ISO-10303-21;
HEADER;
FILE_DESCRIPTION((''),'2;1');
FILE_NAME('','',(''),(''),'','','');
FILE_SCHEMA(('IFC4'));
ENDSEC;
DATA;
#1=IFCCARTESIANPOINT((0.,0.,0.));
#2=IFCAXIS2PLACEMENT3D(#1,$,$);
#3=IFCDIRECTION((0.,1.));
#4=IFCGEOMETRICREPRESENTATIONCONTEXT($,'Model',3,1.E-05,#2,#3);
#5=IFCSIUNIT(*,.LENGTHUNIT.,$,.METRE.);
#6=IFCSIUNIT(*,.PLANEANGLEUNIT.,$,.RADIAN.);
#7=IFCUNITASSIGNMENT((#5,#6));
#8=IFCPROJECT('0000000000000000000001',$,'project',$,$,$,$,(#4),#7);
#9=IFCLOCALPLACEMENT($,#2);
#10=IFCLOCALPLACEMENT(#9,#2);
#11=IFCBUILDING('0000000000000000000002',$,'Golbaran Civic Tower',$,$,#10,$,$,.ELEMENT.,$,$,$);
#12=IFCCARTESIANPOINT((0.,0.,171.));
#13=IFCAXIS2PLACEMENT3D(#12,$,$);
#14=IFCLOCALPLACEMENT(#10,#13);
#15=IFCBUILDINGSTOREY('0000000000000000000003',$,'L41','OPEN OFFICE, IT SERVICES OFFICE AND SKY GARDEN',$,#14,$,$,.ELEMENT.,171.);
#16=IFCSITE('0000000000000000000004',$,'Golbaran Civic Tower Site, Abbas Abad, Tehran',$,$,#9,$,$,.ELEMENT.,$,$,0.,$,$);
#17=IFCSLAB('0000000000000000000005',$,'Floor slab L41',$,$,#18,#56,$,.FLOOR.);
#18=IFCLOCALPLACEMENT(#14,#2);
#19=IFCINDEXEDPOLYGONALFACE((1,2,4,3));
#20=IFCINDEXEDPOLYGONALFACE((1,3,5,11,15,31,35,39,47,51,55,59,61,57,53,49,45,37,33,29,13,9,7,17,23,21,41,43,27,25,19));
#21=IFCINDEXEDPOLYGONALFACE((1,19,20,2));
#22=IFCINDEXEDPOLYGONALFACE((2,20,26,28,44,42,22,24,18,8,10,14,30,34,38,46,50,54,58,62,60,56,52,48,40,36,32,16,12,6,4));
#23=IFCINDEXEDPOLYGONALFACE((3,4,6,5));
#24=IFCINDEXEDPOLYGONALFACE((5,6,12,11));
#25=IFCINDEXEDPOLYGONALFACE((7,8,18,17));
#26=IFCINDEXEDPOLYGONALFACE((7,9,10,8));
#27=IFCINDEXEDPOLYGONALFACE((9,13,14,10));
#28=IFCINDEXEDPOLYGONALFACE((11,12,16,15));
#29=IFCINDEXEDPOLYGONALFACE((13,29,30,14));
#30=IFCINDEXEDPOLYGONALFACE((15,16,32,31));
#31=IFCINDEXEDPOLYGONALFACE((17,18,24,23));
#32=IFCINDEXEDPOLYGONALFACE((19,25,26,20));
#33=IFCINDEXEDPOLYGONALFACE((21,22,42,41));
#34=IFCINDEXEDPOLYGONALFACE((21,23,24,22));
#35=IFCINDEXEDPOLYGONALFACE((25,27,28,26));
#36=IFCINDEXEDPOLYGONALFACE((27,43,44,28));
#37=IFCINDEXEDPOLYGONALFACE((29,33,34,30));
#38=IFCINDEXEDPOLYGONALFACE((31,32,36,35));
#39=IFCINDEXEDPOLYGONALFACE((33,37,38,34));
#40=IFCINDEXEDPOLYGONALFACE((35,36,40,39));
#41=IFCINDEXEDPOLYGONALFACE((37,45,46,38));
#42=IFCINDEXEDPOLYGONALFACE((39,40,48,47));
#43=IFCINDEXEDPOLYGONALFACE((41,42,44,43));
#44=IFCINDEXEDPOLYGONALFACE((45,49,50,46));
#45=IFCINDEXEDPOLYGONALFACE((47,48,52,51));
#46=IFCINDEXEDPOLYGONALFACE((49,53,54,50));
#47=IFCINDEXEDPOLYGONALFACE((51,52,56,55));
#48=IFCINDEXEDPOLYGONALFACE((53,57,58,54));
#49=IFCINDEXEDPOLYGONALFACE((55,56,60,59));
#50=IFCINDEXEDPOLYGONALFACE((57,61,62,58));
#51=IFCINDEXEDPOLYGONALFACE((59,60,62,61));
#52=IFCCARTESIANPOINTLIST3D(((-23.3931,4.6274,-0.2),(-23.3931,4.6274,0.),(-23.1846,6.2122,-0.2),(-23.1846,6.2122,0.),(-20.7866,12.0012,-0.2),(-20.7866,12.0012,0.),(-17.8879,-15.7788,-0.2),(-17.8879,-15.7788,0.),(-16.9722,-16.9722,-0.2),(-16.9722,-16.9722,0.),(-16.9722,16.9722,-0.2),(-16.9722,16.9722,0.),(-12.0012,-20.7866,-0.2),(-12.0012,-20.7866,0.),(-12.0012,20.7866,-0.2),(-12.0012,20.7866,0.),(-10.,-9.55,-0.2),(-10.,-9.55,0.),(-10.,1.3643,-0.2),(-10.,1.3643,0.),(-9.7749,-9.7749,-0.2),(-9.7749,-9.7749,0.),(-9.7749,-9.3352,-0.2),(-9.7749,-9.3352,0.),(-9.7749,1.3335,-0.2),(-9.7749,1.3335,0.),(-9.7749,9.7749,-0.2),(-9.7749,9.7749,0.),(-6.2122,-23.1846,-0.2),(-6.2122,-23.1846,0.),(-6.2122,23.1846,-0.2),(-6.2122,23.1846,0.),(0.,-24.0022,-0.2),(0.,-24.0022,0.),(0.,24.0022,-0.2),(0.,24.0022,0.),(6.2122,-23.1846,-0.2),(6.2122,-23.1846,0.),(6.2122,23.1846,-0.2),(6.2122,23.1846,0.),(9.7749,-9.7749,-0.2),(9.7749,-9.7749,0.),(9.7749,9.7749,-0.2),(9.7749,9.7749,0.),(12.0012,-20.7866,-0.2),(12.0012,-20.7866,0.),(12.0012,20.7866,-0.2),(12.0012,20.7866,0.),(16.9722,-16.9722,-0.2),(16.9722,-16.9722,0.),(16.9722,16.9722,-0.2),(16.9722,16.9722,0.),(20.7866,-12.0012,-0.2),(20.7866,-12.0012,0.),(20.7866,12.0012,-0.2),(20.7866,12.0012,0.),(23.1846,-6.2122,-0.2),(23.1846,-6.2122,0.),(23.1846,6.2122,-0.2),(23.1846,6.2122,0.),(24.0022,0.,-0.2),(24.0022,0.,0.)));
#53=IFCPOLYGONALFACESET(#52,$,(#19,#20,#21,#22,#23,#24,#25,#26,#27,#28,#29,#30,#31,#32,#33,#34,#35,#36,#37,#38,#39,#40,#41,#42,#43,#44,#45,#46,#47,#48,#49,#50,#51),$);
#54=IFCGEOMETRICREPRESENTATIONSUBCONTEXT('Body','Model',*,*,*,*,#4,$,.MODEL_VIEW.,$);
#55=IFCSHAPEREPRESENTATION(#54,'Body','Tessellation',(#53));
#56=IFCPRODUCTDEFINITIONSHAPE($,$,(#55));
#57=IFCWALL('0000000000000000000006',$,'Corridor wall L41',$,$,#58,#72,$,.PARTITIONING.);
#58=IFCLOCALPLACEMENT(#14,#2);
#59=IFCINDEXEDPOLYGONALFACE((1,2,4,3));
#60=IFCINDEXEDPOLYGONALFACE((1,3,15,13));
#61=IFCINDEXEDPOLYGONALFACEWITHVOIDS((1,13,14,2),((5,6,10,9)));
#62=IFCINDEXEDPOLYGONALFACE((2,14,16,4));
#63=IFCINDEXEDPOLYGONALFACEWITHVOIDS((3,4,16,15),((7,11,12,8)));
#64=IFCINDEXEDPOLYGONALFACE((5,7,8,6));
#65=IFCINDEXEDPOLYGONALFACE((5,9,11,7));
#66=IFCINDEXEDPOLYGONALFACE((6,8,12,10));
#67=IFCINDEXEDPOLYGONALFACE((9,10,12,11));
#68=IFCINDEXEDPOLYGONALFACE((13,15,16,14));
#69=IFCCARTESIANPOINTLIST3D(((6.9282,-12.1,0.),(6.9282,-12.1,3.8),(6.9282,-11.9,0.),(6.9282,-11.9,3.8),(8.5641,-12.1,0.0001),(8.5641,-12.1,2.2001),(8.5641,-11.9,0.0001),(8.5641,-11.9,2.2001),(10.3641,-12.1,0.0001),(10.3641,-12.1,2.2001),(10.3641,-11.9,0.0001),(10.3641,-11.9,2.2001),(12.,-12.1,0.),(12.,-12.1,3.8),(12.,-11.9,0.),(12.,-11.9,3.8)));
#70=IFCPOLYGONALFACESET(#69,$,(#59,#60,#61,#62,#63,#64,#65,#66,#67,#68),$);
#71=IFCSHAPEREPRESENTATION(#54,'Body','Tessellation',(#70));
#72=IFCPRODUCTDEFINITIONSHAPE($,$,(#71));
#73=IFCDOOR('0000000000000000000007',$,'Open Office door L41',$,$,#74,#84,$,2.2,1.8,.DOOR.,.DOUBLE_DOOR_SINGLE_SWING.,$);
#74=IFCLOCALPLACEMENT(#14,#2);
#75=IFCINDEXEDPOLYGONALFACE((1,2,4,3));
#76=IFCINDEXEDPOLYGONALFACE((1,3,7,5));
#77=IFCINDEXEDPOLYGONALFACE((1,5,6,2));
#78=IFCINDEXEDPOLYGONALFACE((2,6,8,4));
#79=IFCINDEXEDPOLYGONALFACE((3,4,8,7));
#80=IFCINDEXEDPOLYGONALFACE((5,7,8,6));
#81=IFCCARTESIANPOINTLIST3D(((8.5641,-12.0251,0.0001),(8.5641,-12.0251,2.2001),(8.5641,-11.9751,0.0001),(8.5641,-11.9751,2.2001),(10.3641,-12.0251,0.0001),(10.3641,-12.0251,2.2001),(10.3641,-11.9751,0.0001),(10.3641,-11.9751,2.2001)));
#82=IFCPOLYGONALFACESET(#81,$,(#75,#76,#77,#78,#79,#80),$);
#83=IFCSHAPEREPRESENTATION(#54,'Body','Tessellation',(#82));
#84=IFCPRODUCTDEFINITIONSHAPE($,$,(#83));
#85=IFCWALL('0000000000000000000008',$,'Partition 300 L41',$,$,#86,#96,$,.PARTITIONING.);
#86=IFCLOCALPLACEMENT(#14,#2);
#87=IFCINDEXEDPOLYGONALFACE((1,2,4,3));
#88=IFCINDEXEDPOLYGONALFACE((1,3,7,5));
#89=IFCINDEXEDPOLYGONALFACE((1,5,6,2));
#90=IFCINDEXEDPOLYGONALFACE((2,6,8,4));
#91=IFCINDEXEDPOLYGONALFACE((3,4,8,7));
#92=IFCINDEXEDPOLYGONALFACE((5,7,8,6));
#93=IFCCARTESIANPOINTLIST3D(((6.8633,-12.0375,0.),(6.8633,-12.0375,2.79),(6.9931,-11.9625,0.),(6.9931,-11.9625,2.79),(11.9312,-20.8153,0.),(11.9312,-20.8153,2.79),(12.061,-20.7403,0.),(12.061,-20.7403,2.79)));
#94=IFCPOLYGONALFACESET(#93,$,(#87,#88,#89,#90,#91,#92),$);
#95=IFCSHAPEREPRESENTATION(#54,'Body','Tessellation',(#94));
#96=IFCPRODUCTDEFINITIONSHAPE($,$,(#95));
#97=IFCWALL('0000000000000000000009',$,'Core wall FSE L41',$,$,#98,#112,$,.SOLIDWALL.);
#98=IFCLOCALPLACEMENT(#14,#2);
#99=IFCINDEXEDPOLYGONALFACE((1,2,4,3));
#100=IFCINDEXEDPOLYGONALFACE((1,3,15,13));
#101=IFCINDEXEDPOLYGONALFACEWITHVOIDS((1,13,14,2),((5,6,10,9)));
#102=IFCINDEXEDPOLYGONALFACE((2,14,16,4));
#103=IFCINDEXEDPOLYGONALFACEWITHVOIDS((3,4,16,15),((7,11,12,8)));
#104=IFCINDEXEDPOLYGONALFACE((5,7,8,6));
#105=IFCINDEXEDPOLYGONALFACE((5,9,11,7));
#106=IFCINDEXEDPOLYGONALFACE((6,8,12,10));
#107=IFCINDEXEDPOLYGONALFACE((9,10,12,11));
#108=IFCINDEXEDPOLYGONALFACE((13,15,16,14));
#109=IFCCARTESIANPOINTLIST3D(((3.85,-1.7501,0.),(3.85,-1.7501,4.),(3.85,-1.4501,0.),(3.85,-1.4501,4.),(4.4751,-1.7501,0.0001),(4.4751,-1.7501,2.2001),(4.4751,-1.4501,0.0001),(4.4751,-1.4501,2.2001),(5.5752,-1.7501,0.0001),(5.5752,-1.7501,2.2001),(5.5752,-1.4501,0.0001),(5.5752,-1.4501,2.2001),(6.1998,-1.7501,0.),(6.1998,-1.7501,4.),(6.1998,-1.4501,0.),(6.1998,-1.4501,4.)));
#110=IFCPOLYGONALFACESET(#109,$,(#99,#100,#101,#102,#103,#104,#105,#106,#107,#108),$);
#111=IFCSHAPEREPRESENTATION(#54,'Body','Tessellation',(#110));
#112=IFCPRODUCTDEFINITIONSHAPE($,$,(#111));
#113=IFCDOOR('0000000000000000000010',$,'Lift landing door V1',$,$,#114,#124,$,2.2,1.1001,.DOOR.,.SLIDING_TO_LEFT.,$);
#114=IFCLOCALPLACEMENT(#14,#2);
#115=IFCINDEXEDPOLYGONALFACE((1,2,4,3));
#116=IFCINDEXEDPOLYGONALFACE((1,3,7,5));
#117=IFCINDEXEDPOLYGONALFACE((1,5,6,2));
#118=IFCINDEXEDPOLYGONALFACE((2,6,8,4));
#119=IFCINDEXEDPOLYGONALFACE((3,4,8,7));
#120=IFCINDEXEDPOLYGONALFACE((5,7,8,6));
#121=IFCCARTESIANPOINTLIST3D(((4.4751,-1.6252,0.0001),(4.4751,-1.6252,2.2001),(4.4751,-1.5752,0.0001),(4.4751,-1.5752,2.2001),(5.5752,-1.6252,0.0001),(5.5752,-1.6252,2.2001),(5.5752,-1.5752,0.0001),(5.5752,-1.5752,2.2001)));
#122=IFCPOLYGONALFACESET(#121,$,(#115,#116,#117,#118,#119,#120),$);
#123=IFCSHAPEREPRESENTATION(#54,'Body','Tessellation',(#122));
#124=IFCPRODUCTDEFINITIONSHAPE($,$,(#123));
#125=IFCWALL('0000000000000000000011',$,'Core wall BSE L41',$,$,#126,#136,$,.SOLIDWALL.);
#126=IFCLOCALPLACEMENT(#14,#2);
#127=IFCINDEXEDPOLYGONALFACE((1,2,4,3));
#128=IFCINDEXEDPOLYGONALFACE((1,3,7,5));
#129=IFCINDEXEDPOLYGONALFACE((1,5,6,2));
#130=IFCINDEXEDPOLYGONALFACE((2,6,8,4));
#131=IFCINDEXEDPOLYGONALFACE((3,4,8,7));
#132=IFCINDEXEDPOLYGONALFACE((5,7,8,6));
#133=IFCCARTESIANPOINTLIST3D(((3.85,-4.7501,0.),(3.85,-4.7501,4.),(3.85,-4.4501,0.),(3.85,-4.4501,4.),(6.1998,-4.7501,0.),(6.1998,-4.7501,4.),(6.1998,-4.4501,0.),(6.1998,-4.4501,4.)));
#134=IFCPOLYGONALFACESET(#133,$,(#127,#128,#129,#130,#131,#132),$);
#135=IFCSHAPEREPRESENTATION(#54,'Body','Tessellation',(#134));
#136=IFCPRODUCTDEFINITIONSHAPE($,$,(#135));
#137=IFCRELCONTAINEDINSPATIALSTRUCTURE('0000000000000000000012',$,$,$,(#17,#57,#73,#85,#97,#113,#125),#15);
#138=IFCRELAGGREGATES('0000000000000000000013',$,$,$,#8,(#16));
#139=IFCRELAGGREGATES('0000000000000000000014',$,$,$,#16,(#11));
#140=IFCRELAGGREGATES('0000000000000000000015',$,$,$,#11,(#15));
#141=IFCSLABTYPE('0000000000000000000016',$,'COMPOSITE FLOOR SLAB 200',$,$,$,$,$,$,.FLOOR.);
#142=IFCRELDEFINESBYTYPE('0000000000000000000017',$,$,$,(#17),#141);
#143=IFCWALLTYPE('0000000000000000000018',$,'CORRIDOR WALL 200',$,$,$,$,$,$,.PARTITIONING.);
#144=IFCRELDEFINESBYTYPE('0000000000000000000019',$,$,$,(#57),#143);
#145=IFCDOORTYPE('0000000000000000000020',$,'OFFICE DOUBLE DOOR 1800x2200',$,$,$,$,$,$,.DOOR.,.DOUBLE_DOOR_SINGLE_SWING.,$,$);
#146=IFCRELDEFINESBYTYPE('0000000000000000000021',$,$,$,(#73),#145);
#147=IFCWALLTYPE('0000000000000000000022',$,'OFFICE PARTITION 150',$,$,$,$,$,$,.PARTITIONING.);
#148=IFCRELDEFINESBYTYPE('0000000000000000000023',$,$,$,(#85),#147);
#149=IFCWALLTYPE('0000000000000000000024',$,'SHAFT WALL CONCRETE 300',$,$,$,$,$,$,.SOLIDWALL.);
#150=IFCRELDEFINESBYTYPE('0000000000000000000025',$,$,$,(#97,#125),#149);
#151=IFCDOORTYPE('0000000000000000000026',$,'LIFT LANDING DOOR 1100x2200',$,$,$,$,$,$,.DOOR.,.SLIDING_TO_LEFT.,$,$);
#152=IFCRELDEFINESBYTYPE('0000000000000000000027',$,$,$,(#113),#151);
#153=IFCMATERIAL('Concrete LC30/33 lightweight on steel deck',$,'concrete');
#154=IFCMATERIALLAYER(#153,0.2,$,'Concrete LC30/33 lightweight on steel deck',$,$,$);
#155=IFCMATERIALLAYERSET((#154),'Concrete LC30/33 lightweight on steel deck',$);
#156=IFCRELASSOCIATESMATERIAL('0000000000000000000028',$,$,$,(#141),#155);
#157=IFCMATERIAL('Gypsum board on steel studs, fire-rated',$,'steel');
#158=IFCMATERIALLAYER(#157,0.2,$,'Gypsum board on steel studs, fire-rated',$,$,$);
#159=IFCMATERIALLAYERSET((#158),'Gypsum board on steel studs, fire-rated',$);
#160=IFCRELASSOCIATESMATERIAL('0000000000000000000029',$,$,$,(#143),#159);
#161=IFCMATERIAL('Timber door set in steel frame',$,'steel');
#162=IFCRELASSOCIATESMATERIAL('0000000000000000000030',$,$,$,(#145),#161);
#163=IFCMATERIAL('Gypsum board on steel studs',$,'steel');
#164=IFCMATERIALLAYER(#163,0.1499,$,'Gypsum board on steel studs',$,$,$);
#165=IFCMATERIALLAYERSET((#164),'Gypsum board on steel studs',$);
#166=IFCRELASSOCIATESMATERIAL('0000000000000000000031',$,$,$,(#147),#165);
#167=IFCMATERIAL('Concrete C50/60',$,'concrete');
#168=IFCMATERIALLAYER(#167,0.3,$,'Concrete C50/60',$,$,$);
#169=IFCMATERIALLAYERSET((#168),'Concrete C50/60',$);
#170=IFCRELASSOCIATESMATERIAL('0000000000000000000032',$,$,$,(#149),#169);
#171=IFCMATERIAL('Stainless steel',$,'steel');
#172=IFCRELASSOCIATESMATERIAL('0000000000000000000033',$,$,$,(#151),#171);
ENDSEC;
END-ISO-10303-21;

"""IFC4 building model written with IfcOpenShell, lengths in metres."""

from ifc_helpers import new_model, si_unit, direction, frame, frame_2d, origin, place, context, subcontext, project, spatial, polyline, rectangle, outline, extrude, material, layer, layer_set, type_object, element, fill, save


model = new_model("IFC4")

# Units and contexts
model_context = context("Model", 3, precision=1e-05, world=origin(), true_north=direction((0.0, 1.0)))
body_context = subcontext(model_context, "Body", "Model", "MODEL_VIEW")
ifc_project = project(units=[si_unit("LENGTHUNIT", "METRE"), si_unit("PLANEANGLEUNIT", "RADIAN")], contexts=[model_context])

# Site, building, storey
site_placement = place(None, origin())
site = spatial("IfcSite", under=ifc_project, at=site_placement, Name="Golbaran Civic Tower Site, Abbas Abad, Tehran", CompositionType="ELEMENT", RefElevation=0.0)
building_placement = place(site_placement, origin())
building = spatial("IfcBuilding", under=site, at=building_placement, Name="Golbaran Civic Tower", CompositionType="ELEMENT")
storey_placement = place(building_placement, frame((0.0, 0.0, 171.0)))
storey = spatial("IfcBuildingStorey", under=building, at=storey_placement, Name="L41", Description="OPEN OFFICE, IT SERVICES OFFICE AND SKY GARDEN", CompositionType="ELEMENT", Elevation=171.0)

# Slab
ifc_material_1 = material(Name="Concrete LC30/33 lightweight on steel deck", Category="concrete")
ifc_layer_1 = layer(ifc_material_1, 0.2, Name="Concrete LC30/33 lightweight on steel deck")
ifc_layer_set_1 = layer_set([ifc_layer_1], Name="Concrete LC30/33 lightweight on steel deck")
slab_type = type_object("IfcSlabType", Name="COMPOSITE FLOOR SLAB 200", PredefinedType="FLOOR", material=ifc_layer_set_1)
slab_1_placement = place(storey_placement, frame((0.0, 0.0, -0.2)))
element("IfcSlab", 1, at=slab_1_placement, inside=storey, type_object=slab_type, Name="Floor slab L41", PredefinedType="FLOOR", context=body_context, shape_type="SweptSolid", body=[
    extrude(outline(polyline([(16.9722, -16.9722), (12.0012, -20.7866), (6.2122, -23.1846), (0.0, -24.0022), (-6.2122, -23.1846), (-12.0012, -20.7866), (-16.9722, -16.9722), (-17.8879, -15.7788), (-10.0, -9.55), (-9.7749, -9.3352), (-9.7749, -9.7749), (9.7749, -9.7749), (9.7749, 9.7749), (-9.7749, 9.7749), (-9.7749, 1.3335), (-10.0, 1.3643), (-23.3931, 4.6274), (-23.1846, 6.2122), (-20.7866, 12.0012), (-16.9722, 16.9722), (-12.0012, 20.7866), (-6.2122, 23.1846), (0.0, 24.0022), (6.2122, 23.1846), (12.0012, 20.7866), (16.9722, 16.9722), (20.7866, 12.0012), (23.1846, 6.2122), (24.0022, 0.0), (23.1846, -6.2122), (20.7866, -12.0012), (16.9722, -16.9722)])), origin(), (0.0, 0.0, 1.0), 0.2),
])

# Wall, opening, door
ifc_material_2 = material(Name="Gypsum board on steel studs, fire-rated", Category="steel")
ifc_layer_2 = layer(ifc_material_2, 0.2, Name="Gypsum board on steel studs, fire-rated")
ifc_layer_set_2 = layer_set([ifc_layer_2], Name="Gypsum board on steel studs, fire-rated")
wall_type_1 = type_object("IfcWallType", Name="CORRIDOR WALL 200", PredefinedType="PARTITIONING", material=ifc_layer_set_2)
wall_1_placement = place(storey_placement, frame((6.9282, -12.0, 0.0), z_axis=(0.0, 0.0, 1.0), x_axis=(1.0, 0.0, 0.0)))
wall_1 = element("IfcWall", 2, at=wall_1_placement, inside=storey, type_object=wall_type_1, Name="Corridor wall L41", PredefinedType="PARTITIONING", context=body_context, shape_type="SweptSolid", body=[
    extrude(rectangle(XDim=5.0718, YDim=0.2, at=frame_2d((2.5359, 0.0))), origin(), (0.0, 0.0, 1.0), 3.8),
])
opening_1_placement = place(wall_1_placement, frame((1.636, 0.0, 0.0)))
opening_1 = element("IfcOpeningElement", 3, at=opening_1_placement, cuts=wall_1, PredefinedType="OPENING", context=body_context, shape_type="SweptSolid", body=[
    extrude(rectangle(XDim=1.8, YDim=2.2, at=frame_2d((0.8999, 1.1001))), frame((0.0, 0.1099, 0.0), z_axis=(0.0, -1.0, 0.0), x_axis=(1.0, 0.0, 0.0)), (0.0, 0.0, 1.0), 0.22),
])
ifc_material_3 = material(Name="Timber door set in steel frame", Category="steel")
door_type_1 = type_object("IfcDoorType", Name="OFFICE DOUBLE DOOR 1800x2200", OperationType="DOUBLE_DOOR_SINGLE_SWING", PredefinedType="DOOR", material=ifc_material_3)
door_1_placement = place(opening_1_placement, origin())
door_1 = element("IfcDoor", 4, at=door_1_placement, inside=storey, type_object=door_type_1, Name="Open Office door L41", OperationType="DOUBLE_DOOR_SINGLE_SWING", OverallHeight=2.2, OverallWidth=1.8, PredefinedType="DOOR", context=body_context, shape_type="SweptSolid", body=[
    extrude(rectangle(XDim=1.8, YDim=2.2, at=frame_2d((0.8999, 1.1001))), frame((0.0, 0.0249, 0.0), z_axis=(0.0, -1.0, 0.0), x_axis=(1.0, 0.0, 0.0)), (0.0, 0.0, 1.0), 0.05),
])
fill(opening_1, door_1)

# Wall
ifc_material_4 = material(Name="Gypsum board on steel studs", Category="steel")
ifc_layer_3 = layer(ifc_material_4, 0.1499, Name="Gypsum board on steel studs")
ifc_layer_set_3 = layer_set([ifc_layer_3], Name="Gypsum board on steel studs")
wall_type_2 = type_object("IfcWallType", Name="OFFICE PARTITION 150", PredefinedType="PARTITIONING", material=ifc_layer_set_3)
wall_2_placement = place(storey_placement, frame((6.9282, -12.0, 0.0), z_axis=(0.0, 0.0, 1.0), x_axis=(0.499999, -0.866026, 0.0)))
element("IfcWall", 5, at=wall_2_placement, inside=storey, type_object=wall_type_2, Name="Partition 300 L41", PredefinedType="PARTITIONING", context=body_context, shape_type="SweptSolid", body=[
    extrude(rectangle(XDim=10.1357, YDim=0.1499, at=frame_2d((5.0679, 0.0))), origin(), (0.0, 0.0, 1.0), 2.79),
])

# Wall, opening, door
ifc_material_5 = material(Name="Concrete C50/60", Category="concrete")
ifc_layer_4 = layer(ifc_material_5, 0.3, Name="Concrete C50/60")
ifc_layer_set_4 = layer_set([ifc_layer_4], Name="Concrete C50/60")
wall_type_3 = type_object("IfcWallType", Name="SHAFT WALL CONCRETE 300", PredefinedType="SOLIDWALL", material=ifc_layer_set_4)
wall_3_placement = place(storey_placement, frame((3.8501, -1.6001, 0.0), z_axis=(0.0, 0.0, 1.0), x_axis=(1.0, 0.0, 0.0)))
wall_3 = element("IfcWall", 6, at=wall_3_placement, inside=storey, type_object=wall_type_3, Name="Core wall FSE L41", PredefinedType="SOLIDWALL", context=body_context, shape_type="SweptSolid", body=[
    extrude(rectangle(XDim=2.3499, YDim=0.3, at=frame_2d((1.1748, 0.0))), origin(), (0.0, 0.0, 1.0), 4.0),
])
opening_2_placement = place(wall_3_placement, frame((0.625, 0.0, 0.0)))
opening_2 = element("IfcOpeningElement", 7, at=opening_2_placement, cuts=wall_3, PredefinedType="OPENING", context=body_context, shape_type="SweptSolid", body=[
    extrude(rectangle(XDim=1.1001, YDim=2.2, at=frame_2d((0.55, 1.1001))), frame((0.0, 0.1599, 0.0), z_axis=(0.0, -1.0, 0.0), x_axis=(1.0, 0.0, 0.0)), (0.0, 0.0, 1.0), 0.3201),
])
ifc_material_6 = material(Name="Stainless steel", Category="steel")
door_type_2 = type_object("IfcDoorType", Name="LIFT LANDING DOOR 1100x2200", OperationType="SLIDING_TO_LEFT", PredefinedType="DOOR", material=ifc_material_6)
door_2_placement = place(opening_2_placement, origin())
door_2 = element("IfcDoor", 8, at=door_2_placement, inside=storey, type_object=door_type_2, Name="Lift landing door V1", OperationType="SLIDING_TO_LEFT", OverallHeight=2.2, OverallWidth=1.1001, PredefinedType="DOOR", context=body_context, shape_type="SweptSolid", body=[
    extrude(rectangle(XDim=1.1001, YDim=2.2, at=frame_2d((0.55, 1.1001))), frame((0.0, 0.0249, 0.0), z_axis=(0.0, -1.0, 0.0), x_axis=(1.0, 0.0, 0.0)), (0.0, 0.0, 1.0), 0.05),
])
fill(opening_2, door_2)

# Wall
wall_4_placement = place(storey_placement, frame((3.8501, -4.6001, 0.0), z_axis=(0.0, 0.0, 1.0), x_axis=(1.0, 0.0, 0.0)))
element("IfcWall", 9, at=wall_4_placement, inside=storey, type_object=wall_type_3, Name="Core wall BSE L41", PredefinedType="SOLIDWALL", context=body_context, shape_type="SweptSolid", body=[
    extrude(rectangle(XDim=2.3499, YDim=0.3, at=frame_2d((1.1748, 0.0))), origin(), (0.0, 0.0, 1.0), 4.0),
])

save(model, "model.ifc")
